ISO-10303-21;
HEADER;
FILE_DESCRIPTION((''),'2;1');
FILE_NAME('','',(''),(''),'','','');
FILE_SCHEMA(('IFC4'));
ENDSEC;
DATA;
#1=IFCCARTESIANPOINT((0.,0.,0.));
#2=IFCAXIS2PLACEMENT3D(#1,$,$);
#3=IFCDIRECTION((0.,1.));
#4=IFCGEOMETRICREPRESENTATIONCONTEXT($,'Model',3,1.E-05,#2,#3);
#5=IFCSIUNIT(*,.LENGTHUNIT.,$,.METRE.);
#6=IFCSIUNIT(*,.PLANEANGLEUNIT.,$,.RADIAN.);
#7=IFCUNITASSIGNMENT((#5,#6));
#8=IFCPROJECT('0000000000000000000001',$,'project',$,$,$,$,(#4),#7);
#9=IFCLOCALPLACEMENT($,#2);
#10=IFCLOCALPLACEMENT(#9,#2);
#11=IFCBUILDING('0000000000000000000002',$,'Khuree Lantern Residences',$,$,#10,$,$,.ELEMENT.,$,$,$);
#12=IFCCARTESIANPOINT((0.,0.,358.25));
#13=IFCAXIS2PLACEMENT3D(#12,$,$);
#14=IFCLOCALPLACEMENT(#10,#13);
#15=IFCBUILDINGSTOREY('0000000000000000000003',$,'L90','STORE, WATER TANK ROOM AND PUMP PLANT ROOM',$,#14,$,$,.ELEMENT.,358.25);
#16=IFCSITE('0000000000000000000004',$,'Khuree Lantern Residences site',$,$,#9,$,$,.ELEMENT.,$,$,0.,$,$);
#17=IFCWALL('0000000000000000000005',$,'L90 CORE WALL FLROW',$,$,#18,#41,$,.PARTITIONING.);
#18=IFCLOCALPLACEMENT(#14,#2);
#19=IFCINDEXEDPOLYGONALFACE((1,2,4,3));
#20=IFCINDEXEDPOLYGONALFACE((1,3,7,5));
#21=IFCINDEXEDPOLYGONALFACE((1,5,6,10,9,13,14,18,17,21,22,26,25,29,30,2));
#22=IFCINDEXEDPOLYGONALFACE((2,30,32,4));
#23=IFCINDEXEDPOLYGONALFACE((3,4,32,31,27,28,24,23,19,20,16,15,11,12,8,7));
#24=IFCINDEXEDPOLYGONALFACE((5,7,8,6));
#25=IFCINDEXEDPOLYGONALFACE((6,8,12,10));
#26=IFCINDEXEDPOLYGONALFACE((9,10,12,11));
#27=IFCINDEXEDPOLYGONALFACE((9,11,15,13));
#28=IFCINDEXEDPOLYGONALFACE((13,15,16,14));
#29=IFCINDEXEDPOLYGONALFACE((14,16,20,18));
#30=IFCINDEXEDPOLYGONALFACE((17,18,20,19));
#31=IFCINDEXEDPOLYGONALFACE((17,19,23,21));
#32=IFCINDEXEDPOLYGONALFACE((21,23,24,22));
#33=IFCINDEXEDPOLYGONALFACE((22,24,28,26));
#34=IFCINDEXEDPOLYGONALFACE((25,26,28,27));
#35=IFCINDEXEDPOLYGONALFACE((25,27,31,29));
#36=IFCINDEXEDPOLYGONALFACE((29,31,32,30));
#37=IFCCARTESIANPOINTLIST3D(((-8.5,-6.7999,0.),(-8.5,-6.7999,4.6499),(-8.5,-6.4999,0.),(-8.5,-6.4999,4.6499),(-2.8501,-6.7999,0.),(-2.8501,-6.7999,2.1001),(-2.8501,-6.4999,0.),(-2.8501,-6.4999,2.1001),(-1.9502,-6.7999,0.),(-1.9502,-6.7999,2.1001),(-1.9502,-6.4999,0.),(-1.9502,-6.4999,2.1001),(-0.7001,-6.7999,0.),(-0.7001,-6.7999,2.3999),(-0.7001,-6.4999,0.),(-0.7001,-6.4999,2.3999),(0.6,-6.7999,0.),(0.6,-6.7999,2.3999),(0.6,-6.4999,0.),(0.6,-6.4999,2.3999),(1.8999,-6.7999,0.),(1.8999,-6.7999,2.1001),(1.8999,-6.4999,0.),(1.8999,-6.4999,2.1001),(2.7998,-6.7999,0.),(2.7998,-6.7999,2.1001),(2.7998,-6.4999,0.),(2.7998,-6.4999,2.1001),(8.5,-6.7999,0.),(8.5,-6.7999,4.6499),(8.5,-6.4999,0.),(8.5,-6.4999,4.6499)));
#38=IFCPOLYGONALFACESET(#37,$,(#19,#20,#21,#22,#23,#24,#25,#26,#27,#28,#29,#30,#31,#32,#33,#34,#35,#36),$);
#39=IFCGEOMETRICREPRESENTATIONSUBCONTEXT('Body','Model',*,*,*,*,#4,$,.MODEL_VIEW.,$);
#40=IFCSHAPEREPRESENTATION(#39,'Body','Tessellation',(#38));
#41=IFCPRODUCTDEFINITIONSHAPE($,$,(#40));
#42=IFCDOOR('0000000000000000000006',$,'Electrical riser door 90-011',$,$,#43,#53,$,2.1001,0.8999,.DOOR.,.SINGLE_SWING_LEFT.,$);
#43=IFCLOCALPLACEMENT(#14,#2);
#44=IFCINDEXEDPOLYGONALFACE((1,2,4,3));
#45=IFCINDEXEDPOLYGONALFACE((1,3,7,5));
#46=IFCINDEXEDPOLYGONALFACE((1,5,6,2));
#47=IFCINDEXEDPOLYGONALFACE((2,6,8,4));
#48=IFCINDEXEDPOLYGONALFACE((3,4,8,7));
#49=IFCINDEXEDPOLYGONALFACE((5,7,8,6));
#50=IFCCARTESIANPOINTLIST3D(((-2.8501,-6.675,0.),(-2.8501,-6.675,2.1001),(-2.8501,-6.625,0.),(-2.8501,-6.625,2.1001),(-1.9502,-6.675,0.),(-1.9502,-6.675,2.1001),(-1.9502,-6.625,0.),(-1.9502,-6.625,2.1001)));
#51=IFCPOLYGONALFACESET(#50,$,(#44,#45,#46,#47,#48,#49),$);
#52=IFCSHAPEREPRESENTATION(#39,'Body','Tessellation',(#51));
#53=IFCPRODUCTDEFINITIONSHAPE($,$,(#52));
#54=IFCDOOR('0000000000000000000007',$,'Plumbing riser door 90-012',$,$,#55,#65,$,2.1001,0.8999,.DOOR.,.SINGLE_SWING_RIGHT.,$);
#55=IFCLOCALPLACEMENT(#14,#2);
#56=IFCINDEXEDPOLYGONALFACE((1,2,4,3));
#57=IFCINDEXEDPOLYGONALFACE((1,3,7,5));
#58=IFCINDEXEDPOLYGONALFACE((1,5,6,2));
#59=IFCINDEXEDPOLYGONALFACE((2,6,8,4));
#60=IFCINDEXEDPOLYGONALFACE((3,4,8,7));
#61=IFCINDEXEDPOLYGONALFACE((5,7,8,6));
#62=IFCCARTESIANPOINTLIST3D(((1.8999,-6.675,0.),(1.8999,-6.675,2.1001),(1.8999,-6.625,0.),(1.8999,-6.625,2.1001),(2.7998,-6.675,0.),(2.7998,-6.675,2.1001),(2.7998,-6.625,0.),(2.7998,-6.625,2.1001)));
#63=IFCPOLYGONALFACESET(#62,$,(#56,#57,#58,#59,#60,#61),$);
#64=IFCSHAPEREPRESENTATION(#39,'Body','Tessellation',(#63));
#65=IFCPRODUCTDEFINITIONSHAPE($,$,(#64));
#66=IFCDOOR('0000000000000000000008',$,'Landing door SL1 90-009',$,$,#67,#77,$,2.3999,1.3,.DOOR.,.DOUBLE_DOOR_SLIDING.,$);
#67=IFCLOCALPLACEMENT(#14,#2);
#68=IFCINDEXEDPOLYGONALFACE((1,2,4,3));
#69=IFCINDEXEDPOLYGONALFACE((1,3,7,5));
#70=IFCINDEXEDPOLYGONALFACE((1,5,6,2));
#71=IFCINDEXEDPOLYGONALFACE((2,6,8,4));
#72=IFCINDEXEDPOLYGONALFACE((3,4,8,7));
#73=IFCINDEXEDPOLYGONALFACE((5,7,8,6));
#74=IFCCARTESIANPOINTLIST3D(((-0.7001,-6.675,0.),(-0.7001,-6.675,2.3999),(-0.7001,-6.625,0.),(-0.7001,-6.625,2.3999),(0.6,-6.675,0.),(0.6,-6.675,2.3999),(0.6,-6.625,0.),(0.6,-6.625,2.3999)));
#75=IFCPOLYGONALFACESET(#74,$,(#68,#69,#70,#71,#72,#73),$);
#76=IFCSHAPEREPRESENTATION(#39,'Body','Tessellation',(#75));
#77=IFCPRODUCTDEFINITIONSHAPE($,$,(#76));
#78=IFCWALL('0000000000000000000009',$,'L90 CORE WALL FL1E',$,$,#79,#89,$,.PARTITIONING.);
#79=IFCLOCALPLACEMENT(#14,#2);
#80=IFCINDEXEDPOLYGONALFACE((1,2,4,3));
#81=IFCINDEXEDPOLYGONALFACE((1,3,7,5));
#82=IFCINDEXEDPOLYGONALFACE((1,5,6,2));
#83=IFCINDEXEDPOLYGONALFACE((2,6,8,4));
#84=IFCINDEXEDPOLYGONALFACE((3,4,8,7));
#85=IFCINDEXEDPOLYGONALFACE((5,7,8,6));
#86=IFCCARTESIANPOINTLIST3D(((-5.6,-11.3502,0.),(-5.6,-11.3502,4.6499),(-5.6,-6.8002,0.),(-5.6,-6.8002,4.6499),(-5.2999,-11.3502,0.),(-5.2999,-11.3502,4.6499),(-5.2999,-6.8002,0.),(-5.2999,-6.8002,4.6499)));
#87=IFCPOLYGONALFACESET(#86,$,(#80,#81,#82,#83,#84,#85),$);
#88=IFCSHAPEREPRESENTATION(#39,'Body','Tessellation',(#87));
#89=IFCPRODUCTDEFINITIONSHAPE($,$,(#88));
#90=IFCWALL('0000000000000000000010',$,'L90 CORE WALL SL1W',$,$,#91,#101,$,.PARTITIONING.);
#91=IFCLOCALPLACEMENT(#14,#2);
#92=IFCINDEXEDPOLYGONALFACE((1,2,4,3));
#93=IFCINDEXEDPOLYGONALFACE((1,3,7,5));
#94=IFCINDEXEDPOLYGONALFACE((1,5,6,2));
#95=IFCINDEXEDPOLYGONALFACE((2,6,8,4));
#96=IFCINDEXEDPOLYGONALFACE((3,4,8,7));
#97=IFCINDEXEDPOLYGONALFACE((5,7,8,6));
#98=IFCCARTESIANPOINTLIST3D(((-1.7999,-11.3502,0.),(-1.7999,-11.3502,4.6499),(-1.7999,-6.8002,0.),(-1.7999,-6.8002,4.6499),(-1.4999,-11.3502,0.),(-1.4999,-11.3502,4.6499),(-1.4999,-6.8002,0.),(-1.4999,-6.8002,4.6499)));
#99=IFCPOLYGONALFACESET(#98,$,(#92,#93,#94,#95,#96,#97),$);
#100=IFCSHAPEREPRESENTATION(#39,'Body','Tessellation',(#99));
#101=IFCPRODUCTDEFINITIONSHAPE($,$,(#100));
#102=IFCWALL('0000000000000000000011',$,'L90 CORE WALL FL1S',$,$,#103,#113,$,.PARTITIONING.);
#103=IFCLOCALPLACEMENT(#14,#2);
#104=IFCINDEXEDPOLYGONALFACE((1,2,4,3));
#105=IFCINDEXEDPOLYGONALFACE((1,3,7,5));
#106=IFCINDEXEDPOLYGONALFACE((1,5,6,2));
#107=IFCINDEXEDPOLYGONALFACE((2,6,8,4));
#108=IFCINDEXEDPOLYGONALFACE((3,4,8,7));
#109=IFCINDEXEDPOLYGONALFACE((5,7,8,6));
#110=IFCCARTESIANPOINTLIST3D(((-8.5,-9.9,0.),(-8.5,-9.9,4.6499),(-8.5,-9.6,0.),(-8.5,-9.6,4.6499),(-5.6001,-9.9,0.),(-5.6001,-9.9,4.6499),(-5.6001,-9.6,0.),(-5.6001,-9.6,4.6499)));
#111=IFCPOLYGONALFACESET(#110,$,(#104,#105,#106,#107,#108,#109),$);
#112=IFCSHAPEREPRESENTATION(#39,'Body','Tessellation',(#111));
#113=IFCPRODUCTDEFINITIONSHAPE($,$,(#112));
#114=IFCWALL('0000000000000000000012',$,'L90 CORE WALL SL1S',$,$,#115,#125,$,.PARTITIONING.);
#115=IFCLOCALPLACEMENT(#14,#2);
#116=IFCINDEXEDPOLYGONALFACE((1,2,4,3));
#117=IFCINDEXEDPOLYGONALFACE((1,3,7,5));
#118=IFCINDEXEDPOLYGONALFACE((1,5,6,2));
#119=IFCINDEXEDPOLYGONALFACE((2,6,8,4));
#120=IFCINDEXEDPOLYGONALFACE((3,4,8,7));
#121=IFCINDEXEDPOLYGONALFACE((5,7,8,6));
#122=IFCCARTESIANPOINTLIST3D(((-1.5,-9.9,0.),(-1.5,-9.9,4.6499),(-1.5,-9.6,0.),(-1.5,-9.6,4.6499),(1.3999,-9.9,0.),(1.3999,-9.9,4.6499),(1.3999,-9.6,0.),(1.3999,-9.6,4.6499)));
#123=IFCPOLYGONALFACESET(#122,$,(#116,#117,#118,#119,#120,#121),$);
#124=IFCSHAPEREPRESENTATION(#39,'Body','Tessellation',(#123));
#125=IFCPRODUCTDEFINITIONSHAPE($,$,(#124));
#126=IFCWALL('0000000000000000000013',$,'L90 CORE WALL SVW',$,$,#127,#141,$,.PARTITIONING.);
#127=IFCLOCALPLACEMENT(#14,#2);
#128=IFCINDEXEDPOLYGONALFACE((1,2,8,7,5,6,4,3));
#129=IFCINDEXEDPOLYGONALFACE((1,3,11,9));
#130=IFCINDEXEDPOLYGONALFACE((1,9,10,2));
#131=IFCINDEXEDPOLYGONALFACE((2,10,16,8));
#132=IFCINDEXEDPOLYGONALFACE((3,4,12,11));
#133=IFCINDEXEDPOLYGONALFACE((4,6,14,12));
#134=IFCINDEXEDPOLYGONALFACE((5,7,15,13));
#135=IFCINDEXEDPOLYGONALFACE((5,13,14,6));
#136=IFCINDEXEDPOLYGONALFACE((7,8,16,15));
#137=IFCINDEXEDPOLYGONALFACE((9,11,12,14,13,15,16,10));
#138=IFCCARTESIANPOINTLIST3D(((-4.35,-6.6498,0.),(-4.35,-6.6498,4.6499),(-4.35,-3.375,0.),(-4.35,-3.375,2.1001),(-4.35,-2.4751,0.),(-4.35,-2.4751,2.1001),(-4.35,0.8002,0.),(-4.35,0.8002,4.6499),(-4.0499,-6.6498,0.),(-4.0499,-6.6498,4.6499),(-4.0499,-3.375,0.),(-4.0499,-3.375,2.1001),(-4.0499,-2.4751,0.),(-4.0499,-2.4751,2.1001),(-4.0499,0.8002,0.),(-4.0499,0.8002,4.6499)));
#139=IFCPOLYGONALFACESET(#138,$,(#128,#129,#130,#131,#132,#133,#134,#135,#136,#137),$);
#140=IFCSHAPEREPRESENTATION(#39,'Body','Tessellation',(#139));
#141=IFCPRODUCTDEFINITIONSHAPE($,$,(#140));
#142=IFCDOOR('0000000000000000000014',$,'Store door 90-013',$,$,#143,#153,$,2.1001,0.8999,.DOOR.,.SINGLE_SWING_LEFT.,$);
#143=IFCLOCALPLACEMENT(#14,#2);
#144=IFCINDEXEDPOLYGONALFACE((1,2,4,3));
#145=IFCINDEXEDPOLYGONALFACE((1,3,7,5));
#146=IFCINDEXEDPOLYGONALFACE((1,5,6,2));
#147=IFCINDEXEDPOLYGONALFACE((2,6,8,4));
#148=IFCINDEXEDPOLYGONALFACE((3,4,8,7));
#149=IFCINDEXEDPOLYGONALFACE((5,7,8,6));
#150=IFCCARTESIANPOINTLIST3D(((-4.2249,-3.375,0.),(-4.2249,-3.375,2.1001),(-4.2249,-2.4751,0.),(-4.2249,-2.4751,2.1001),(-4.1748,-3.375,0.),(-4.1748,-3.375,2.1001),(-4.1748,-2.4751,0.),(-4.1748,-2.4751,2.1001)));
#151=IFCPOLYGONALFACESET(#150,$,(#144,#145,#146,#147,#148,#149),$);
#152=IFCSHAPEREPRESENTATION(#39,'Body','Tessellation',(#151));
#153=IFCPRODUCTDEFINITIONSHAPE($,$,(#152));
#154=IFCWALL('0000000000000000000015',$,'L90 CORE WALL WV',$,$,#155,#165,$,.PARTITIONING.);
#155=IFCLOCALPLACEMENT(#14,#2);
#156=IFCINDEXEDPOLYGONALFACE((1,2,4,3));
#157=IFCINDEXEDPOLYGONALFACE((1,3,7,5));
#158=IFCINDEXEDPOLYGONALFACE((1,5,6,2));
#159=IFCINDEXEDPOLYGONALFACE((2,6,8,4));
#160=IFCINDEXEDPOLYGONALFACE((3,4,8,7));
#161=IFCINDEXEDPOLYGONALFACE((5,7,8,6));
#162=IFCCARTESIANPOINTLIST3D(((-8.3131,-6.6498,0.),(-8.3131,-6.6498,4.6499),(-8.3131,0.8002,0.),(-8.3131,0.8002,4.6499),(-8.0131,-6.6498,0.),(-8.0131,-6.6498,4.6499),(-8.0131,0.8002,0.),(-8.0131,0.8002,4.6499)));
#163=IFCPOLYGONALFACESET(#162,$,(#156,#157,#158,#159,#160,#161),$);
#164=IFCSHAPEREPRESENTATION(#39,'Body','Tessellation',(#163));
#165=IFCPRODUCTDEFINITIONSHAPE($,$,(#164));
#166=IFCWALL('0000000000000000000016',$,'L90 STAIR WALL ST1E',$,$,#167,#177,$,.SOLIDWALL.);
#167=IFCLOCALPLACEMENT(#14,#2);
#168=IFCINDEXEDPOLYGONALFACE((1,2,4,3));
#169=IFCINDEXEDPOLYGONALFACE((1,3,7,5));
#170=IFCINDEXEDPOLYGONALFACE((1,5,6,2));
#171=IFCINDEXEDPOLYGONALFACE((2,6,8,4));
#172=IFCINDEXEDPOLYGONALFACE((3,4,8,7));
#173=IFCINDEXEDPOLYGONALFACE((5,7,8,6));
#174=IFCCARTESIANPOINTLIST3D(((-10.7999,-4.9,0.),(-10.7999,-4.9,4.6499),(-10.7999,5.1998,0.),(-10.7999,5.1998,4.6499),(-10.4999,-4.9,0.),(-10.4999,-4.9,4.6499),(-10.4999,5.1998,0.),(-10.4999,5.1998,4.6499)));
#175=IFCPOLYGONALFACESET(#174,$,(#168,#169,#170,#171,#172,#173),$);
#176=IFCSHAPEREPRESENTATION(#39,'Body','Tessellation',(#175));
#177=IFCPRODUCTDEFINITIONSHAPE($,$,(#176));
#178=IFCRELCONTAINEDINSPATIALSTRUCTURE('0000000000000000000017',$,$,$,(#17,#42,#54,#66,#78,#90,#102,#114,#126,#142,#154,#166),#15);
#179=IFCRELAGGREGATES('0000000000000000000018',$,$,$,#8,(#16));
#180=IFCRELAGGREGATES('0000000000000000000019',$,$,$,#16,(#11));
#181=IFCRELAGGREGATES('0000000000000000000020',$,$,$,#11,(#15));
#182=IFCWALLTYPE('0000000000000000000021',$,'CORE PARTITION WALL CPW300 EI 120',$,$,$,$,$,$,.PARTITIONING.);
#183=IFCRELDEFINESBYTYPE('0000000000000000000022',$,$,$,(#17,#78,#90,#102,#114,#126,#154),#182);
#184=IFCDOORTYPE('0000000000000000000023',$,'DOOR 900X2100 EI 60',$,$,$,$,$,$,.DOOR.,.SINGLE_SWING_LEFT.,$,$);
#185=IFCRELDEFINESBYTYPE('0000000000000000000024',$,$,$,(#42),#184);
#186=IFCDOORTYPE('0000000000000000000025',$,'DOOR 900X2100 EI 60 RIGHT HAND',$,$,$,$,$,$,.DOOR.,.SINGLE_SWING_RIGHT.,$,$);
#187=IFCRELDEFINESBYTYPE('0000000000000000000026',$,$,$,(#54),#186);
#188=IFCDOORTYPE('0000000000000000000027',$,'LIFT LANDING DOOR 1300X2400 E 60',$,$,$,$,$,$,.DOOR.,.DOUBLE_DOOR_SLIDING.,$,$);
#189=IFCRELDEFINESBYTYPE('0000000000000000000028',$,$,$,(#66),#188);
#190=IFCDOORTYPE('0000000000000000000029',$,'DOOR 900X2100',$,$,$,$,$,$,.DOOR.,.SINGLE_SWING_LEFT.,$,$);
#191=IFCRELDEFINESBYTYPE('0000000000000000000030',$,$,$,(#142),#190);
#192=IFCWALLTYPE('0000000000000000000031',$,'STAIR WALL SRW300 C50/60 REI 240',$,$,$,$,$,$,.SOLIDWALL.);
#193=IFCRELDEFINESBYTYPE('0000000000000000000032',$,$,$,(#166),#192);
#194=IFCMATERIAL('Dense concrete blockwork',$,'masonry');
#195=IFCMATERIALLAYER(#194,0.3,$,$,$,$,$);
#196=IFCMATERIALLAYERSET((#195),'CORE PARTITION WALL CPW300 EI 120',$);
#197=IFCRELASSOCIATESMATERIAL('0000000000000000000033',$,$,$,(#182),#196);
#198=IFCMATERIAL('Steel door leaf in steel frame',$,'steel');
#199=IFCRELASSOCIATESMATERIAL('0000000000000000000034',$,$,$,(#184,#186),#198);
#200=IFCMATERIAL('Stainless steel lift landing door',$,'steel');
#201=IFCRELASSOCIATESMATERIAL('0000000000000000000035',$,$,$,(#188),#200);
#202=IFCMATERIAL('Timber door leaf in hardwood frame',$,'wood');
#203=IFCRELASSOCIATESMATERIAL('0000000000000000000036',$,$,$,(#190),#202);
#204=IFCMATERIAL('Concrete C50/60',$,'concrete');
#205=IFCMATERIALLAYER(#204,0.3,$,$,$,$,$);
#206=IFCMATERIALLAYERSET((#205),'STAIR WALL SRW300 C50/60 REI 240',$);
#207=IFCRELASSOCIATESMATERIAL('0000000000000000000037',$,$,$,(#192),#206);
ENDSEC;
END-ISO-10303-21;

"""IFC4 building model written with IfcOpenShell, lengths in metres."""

from ifc_helpers import new_model, si_unit, direction, frame, frame_2d, origin, place, context, subcontext, project, spatial, rectangle, extrude, material, layer, layer_set, type_object, element, fill, save


model = new_model("IFC4")

# Units and contexts
model_context = context("Model", 3, precision=1e-05, world=origin(), true_north=direction((0.0, 1.0)))
body_context = subcontext(model_context, "Body", "Model", "MODEL_VIEW")
ifc_project = project(units=[si_unit("LENGTHUNIT", "METRE"), si_unit("PLANEANGLEUNIT", "RADIAN")], contexts=[model_context])

# Site, building, storey
site_placement = place(None, origin())
site = spatial("IfcSite", under=ifc_project, at=site_placement, Name="Khuree Lantern Residences site", CompositionType="ELEMENT", RefElevation=0.0)
building_placement = place(site_placement, origin())
building = spatial("IfcBuilding", under=site, at=building_placement, Name="Khuree Lantern Residences", CompositionType="ELEMENT")
storey_placement = place(building_placement, frame((0.0, 0.0, 358.25)))
storey = spatial("IfcBuildingStorey", under=building, at=storey_placement, Name="L90", Description="STORE, WATER TANK ROOM AND PUMP PLANT ROOM", CompositionType="ELEMENT", Elevation=358.25)

# Wall, openings, doors
ifc_material_1 = material(Name="Dense concrete blockwork", Category="masonry")
ifc_layer_1 = layer(ifc_material_1, 0.3)
ifc_layer_set_1 = layer_set([ifc_layer_1], Name="CORE PARTITION WALL CPW300 EI 120")
wall_type_1 = type_object("IfcWallType", Name="CORE PARTITION WALL CPW300 EI 120", PredefinedType="PARTITIONING", material=ifc_layer_set_1)
wall_1_placement = place(storey_placement, frame((-8.5, -6.6499, 0.0), z_axis=(0.0, 0.0, 1.0), x_axis=(1.0, 0.0, 0.0)))
wall_1 = element("IfcWall", 1, at=wall_1_placement, inside=storey, type_object=wall_type_1, Name="L90 CORE WALL FLROW", PredefinedType="PARTITIONING", context=body_context, shape_type="SweptSolid", body=[
    extrude(rectangle(XDim=17.0, YDim=0.3, at=frame_2d((8.5, 0.0))), origin(), (0.0, 0.0, 1.0), 4.6499),
])
opening_1_placement = place(wall_1_placement, frame((7.8, 0.0, 0.0)))
opening_1 = element("IfcOpeningElement", 2, at=opening_1_placement, cuts=wall_1, PredefinedType="OPENING", context=body_context, shape_type="SweptSolid", body=[
    extrude(rectangle(XDim=1.3, YDim=2.3999, at=frame_2d((0.6499, 1.2))), frame((0.0, 0.1602, 0.0), z_axis=(0.0, -1.0, 0.0), x_axis=(1.0, 0.0, 0.0)), (0.0, 0.0, 1.0), 0.3201),
])
opening_2_placement = place(wall_1_placement, frame((5.6499, 0.0, 0.0)))
opening_2 = element("IfcOpeningElement", 3, at=opening_2_placement, cuts=wall_1, PredefinedType="OPENING", context=body_context, shape_type="SweptSolid", body=[
    extrude(rectangle(XDim=0.8999, YDim=2.1001, at=frame_2d((0.45, 1.05))), frame((0.0, 0.1602, 0.0), z_axis=(0.0, -1.0, 0.0), x_axis=(1.0, 0.0, 0.0)), (0.0, 0.0, 1.0), 0.3201),
])
opening_3_placement = place(wall_1_placement, frame((10.3999, 0.0, 0.0)))
opening_3 = element("IfcOpeningElement", 4, at=opening_3_placement, cuts=wall_1, PredefinedType="OPENING", context=body_context, shape_type="SweptSolid", body=[
    extrude(rectangle(XDim=0.8999, YDim=2.1001, at=frame_2d((0.45, 1.05))), frame((0.0, 0.1602, 0.0), z_axis=(0.0, -1.0, 0.0), x_axis=(1.0, 0.0, 0.0)), (0.0, 0.0, 1.0), 0.3201),
])
ifc_material_2 = material(Name="Steel door leaf in steel frame", Category="steel")
door_type_1 = type_object("IfcDoorType", Name="DOOR 900X2100 EI 60", OperationType="SINGLE_SWING_LEFT", PredefinedType="DOOR", material=ifc_material_2)
door_1_placement = place(opening_2_placement, origin())
door_1 = element("IfcDoor", 5, at=door_1_placement, inside=storey, type_object=door_type_1, Name="Electrical riser door 90-011", OperationType="SINGLE_SWING_LEFT", OverallHeight=2.1001, OverallWidth=0.8999, PredefinedType="DOOR", context=body_context, shape_type="SweptSolid", body=[
    extrude(rectangle(XDim=0.8999, YDim=2.1001, at=frame_2d((0.45, 1.05))), frame((0.0, 0.0249, 0.0), z_axis=(0.0, -1.0, 0.0), x_axis=(1.0, 0.0, 0.0)), (0.0, 0.0, 1.0), 0.05),
])
fill(opening_2, door_1)
door_type_2 = type_object("IfcDoorType", Name="DOOR 900X2100 EI 60 RIGHT HAND", OperationType="SINGLE_SWING_RIGHT", PredefinedType="DOOR", material=ifc_material_2)
door_2_placement = place(opening_3_placement, origin())
door_2 = element("IfcDoor", 6, at=door_2_placement, inside=storey, type_object=door_type_2, Name="Plumbing riser door 90-012", OperationType="SINGLE_SWING_RIGHT", OverallHeight=2.1001, OverallWidth=0.8999, PredefinedType="DOOR", context=body_context, shape_type="SweptSolid", body=[
    extrude(rectangle(XDim=0.8999, YDim=2.1001, at=frame_2d((0.45, 1.05))), frame((0.0, 0.0249, 0.0), z_axis=(0.0, -1.0, 0.0), x_axis=(1.0, 0.0, 0.0)), (0.0, 0.0, 1.0), 0.05),
])
fill(opening_3, door_2)
ifc_material_3 = material(Name="Stainless steel lift landing door", Category="steel")
door_type_3 = type_object("IfcDoorType", Name="LIFT LANDING DOOR 1300X2400 E 60", OperationType="DOUBLE_DOOR_SLIDING", PredefinedType="DOOR", material=ifc_material_3)
door_3_placement = place(opening_1_placement, origin())
door_3 = element("IfcDoor", 7, at=door_3_placement, inside=storey, type_object=door_type_3, Name="Landing door SL1 90-009", OperationType="DOUBLE_DOOR_SLIDING", OverallHeight=2.3999, OverallWidth=1.3, PredefinedType="DOOR", context=body_context, shape_type="SweptSolid", body=[
    extrude(rectangle(XDim=1.3, YDim=2.3999, at=frame_2d((0.6499, 1.2))), frame((0.0, 0.0249, 0.0), z_axis=(0.0, -1.0, 0.0), x_axis=(1.0, 0.0, 0.0)), (0.0, 0.0, 1.0), 0.05),
])
fill(opening_1, door_3)

# Walls
for number, where, z_axis, x_axis, name in (
    (8, (-5.45, -11.3501, 0.0), (0.0, 0.0, 1.0), (0.0, 1.0, 0.0), "L90 CORE WALL FL1E"),
    (9, (-1.6499, -11.3501, 0.0), (0.0, 0.0, 1.0), (0.0, 1.0, 0.0), "L90 CORE WALL SL1W"),
):
    element("IfcWall", number, at=place(storey_placement, frame(where, z_axis=z_axis, x_axis=x_axis)), inside=storey, type_object=wall_type_1, Name=name, PredefinedType="PARTITIONING", context=body_context, shape_type="SweptSolid", body=[
        extrude(rectangle(XDim=4.55, YDim=0.3, at=frame_2d((2.2749, 0.0))), origin(), (0.0, 0.0, 1.0), 4.6499),
    ])
for number, where, z_axis, x_axis, name in (
    (10, (-8.5, -9.75, 0.0), (0.0, 0.0, 1.0), (1.0, 0.0, 0.0), "L90 CORE WALL FL1S"),
    (11, (-1.5, -9.75, 0.0), (0.0, 0.0, 1.0), (1.0, 0.0, 0.0), "L90 CORE WALL SL1S"),
):
    element("IfcWall", number, at=place(storey_placement, frame(where, z_axis=z_axis, x_axis=x_axis)), inside=storey, type_object=wall_type_1, Name=name, PredefinedType="PARTITIONING", context=body_context, shape_type="SweptSolid", body=[
        extrude(rectangle(XDim=2.8999, YDim=0.3, at=frame_2d((1.45, 0.0))), origin(), (0.0, 0.0, 1.0), 4.6499),
    ])

# Wall, opening, door
wall_2_placement = place(storey_placement, frame((-4.2, -6.6499, 0.0), z_axis=(0.0, 0.0, 1.0), x_axis=(0.0, 1.0, 0.0)))
wall_2 = element("IfcWall", 12, at=wall_2_placement, inside=storey, type_object=wall_type_1, Name="L90 CORE WALL SVW", PredefinedType="PARTITIONING", context=body_context, shape_type="SweptSolid", body=[
    extrude(rectangle(XDim=7.45, YDim=0.3, at=frame_2d((3.7251, 0.0))), origin(), (0.0, 0.0, 1.0), 4.6499),
])
opening_4_placement = place(wall_2_placement, frame((3.2749, 0.0, 0.0)))
opening_4 = element("IfcOpeningElement", 13, at=opening_4_placement, cuts=wall_2, PredefinedType="OPENING", context=body_context, shape_type="SweptSolid", body=[
    extrude(rectangle(XDim=0.8999, YDim=2.1001, at=frame_2d((0.45, 1.05))), frame((0.0, 0.1602, 0.0), z_axis=(0.0, -1.0, 0.0), x_axis=(1.0, 0.0, 0.0)), (0.0, 0.0, 1.0), 0.3201),
])
ifc_material_4 = material(Name="Timber door leaf in hardwood frame", Category="wood")
door_type_4 = type_object("IfcDoorType", Name="DOOR 900X2100", OperationType="SINGLE_SWING_LEFT", PredefinedType="DOOR", material=ifc_material_4)
door_4_placement = place(opening_4_placement, origin())
door_4 = element("IfcDoor", 14, at=door_4_placement, inside=storey, type_object=door_type_4, Name="Store door 90-013", OperationType="SINGLE_SWING_LEFT", OverallHeight=2.1001, OverallWidth=0.8999, PredefinedType="DOOR", context=body_context, shape_type="SweptSolid", body=[
    extrude(rectangle(XDim=0.8999, YDim=2.1001, at=frame_2d((0.45, 1.05))), frame((0.0, 0.0249, 0.0), z_axis=(0.0, -1.0, 0.0), x_axis=(1.0, 0.0, 0.0)), (0.0, 0.0, 1.0), 0.05),
])
fill(opening_4, door_4)

# Walls
wall_3_placement = place(storey_placement, frame((-8.1631, -6.6499, 0.0), z_axis=(0.0, 0.0, 1.0), x_axis=(0.0, 1.0, 0.0)))
element("IfcWall", 15, at=wall_3_placement, inside=storey, type_object=wall_type_1, Name="L90 CORE WALL WV", PredefinedType="PARTITIONING", context=body_context, shape_type="SweptSolid", body=[
    extrude(rectangle(XDim=7.45, YDim=0.3, at=frame_2d((3.7251, 0.0))), origin(), (0.0, 0.0, 1.0), 4.6499),
])
ifc_material_5 = material(Name="Concrete C50/60", Category="concrete")
ifc_layer_2 = layer(ifc_material_5, 0.3)
ifc_layer_set_2 = layer_set([ifc_layer_2], Name="STAIR WALL SRW300 C50/60 REI 240")
wall_type_2 = type_object("IfcWallType", Name="STAIR WALL SRW300 C50/60 REI 240", PredefinedType="SOLIDWALL", material=ifc_layer_set_2)
wall_4_placement = place(storey_placement, frame((-10.6499, -4.8999, 0.0), z_axis=(0.0, 0.0, 1.0), x_axis=(0.0, 1.0, 0.0)))
element("IfcWall", 16, at=wall_4_placement, inside=storey, type_object=wall_type_2, Name="L90 STAIR WALL ST1E", PredefinedType="SOLIDWALL", context=body_context, shape_type="SweptSolid", body=[
    extrude(rectangle(XDim=10.0999, YDim=0.3, at=frame_2d((5.0498, 0.0))), origin(), (0.0, 0.0, 1.0), 4.6499),
])

save(model, "model.ifc")
